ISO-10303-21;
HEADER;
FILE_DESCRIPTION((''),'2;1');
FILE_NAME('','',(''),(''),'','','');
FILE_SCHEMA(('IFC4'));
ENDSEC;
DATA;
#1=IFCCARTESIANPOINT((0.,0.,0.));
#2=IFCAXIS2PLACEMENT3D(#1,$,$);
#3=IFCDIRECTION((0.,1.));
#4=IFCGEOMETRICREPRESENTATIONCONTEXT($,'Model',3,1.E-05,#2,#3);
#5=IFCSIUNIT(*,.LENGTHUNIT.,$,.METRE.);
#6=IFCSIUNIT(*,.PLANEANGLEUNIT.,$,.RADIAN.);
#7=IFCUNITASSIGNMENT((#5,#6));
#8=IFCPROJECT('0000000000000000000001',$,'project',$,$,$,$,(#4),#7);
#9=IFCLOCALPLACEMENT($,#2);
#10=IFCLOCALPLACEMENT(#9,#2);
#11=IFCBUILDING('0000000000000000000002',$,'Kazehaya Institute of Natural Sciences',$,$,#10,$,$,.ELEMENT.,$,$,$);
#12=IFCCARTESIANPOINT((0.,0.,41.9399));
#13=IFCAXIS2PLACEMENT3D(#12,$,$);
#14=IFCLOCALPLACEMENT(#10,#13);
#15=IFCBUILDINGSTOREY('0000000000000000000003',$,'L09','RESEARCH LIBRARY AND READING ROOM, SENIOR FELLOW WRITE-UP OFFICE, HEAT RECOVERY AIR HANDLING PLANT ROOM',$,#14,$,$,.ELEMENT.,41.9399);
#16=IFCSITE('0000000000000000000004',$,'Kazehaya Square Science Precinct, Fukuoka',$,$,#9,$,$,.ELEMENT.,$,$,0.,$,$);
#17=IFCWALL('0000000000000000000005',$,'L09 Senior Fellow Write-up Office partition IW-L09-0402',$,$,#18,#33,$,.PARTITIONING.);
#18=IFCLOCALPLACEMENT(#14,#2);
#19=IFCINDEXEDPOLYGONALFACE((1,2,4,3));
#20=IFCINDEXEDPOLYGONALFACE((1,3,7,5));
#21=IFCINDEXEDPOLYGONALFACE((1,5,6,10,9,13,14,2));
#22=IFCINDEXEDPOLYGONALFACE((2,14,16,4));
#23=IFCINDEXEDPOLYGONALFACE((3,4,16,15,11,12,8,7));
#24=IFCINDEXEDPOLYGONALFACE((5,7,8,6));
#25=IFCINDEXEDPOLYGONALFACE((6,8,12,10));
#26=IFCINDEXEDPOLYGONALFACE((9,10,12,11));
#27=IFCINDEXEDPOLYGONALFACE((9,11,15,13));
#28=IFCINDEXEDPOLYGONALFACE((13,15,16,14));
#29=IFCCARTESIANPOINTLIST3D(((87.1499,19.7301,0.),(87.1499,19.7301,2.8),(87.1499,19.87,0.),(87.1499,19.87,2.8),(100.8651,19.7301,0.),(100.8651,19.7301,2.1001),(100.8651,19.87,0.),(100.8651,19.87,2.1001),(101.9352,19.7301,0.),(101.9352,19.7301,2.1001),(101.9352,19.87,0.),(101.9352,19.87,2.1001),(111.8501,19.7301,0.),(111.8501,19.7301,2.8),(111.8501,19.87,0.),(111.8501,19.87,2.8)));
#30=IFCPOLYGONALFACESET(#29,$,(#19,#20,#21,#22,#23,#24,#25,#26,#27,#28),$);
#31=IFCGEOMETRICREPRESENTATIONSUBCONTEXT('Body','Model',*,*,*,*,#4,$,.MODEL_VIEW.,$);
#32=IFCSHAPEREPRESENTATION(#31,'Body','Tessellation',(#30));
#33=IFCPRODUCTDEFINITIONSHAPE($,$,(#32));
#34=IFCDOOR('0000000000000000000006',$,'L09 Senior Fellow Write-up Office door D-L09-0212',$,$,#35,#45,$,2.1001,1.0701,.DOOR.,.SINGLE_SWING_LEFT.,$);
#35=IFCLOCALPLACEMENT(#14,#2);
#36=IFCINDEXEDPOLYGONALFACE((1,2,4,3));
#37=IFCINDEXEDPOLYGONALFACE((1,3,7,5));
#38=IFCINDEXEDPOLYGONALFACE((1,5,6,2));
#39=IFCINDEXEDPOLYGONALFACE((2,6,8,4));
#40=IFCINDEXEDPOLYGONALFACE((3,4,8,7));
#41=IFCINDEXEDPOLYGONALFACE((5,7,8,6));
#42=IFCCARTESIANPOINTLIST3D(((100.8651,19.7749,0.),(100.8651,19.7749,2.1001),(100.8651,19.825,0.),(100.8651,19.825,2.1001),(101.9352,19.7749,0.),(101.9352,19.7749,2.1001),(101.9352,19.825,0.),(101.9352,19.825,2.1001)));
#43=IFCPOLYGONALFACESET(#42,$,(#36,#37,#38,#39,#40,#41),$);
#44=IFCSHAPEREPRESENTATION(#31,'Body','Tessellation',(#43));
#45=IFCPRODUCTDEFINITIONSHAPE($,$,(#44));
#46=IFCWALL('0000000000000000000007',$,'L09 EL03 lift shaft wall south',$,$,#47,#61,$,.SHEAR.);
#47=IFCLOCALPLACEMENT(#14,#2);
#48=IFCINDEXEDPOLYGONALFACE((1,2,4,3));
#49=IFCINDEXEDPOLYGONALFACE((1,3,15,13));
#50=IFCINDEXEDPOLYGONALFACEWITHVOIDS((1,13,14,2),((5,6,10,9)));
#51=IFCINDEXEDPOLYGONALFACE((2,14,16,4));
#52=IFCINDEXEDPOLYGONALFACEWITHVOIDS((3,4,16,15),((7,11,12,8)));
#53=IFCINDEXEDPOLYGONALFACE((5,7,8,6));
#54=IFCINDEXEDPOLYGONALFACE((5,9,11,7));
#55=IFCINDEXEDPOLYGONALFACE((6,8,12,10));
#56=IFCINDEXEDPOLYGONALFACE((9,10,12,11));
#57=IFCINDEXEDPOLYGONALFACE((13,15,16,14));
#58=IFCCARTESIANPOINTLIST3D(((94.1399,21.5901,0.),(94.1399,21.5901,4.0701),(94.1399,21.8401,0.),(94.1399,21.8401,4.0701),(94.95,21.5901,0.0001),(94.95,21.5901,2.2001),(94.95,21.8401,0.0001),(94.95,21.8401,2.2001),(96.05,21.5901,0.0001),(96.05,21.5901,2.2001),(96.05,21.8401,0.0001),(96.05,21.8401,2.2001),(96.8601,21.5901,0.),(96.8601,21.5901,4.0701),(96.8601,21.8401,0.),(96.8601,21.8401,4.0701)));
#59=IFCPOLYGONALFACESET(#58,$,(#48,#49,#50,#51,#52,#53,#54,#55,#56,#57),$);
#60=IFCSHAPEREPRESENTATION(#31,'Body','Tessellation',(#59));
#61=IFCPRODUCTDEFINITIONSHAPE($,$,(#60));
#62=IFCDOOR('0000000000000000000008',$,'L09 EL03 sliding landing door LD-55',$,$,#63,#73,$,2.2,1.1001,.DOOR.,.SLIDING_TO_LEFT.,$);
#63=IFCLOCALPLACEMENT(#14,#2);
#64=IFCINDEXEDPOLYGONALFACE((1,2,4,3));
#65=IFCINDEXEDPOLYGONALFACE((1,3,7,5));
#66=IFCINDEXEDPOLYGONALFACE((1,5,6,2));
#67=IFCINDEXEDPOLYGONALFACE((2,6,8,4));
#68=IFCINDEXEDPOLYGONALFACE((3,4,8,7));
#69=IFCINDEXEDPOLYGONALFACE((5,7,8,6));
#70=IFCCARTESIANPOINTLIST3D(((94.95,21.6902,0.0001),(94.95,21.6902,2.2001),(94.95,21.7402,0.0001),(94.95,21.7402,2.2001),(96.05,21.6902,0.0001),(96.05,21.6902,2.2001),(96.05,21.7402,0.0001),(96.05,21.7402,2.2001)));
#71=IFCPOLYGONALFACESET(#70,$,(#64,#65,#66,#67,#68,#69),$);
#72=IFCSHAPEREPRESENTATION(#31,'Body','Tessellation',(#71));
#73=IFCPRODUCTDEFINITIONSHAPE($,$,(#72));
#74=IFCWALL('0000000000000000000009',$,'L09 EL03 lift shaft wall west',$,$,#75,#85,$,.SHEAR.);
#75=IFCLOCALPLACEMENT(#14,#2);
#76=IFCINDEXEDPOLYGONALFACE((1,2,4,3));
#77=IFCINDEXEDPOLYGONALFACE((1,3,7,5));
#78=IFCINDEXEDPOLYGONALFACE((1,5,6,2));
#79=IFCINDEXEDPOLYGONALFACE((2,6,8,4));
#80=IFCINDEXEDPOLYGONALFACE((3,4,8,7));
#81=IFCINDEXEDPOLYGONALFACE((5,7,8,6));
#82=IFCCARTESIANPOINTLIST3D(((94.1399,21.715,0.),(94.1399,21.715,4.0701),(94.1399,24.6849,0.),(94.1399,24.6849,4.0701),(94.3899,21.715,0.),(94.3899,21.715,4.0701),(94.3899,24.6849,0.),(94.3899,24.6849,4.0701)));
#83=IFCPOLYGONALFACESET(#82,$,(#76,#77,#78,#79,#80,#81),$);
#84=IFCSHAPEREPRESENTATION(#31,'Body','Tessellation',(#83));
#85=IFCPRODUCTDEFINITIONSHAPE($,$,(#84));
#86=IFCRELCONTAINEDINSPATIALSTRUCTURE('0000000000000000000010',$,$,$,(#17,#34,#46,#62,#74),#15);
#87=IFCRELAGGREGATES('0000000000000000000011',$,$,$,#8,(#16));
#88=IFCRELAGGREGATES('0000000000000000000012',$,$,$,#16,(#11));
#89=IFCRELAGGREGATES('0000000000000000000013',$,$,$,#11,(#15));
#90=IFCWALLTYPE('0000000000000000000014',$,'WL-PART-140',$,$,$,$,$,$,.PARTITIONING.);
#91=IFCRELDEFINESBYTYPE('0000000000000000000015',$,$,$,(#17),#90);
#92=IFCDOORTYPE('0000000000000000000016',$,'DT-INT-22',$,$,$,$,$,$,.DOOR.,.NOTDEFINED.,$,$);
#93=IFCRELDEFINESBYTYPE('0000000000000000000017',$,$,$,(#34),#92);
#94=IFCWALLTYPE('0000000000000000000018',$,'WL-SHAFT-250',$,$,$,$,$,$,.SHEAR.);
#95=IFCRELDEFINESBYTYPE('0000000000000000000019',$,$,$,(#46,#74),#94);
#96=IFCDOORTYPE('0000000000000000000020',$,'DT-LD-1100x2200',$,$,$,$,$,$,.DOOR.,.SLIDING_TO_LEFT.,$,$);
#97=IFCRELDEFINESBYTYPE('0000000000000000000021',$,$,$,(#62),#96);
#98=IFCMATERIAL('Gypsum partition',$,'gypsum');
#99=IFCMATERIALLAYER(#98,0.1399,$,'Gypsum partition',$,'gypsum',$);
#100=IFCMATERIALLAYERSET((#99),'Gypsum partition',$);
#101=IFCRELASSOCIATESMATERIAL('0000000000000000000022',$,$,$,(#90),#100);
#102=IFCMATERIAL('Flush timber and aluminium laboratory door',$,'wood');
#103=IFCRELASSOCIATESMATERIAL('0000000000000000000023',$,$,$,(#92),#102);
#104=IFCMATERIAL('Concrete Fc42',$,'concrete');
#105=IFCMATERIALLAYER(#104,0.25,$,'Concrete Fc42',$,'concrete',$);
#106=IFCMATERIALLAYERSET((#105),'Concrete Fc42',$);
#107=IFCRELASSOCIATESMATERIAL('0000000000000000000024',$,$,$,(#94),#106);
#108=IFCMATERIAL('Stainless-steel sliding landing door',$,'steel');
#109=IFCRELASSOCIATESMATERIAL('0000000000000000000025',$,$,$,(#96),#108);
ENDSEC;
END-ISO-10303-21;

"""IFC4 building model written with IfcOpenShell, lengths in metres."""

from ifc_helpers import new_model, si_unit, direction, frame, frame_2d, origin, place, context, subcontext, project, spatial, rectangle, extrude, material, layer, layer_set, type_object, element, fill, save


model = new_model("IFC4")

# Units and contexts
model_context = context("Model", 3, precision=1e-05, world=origin(), true_north=direction((0.0, 1.0)))
body_context = subcontext(model_context, "Body", "Model", "MODEL_VIEW")
ifc_project = project(units=[si_unit("LENGTHUNIT", "METRE"), si_unit("PLANEANGLEUNIT", "RADIAN")], contexts=[model_context])

# Site, building, storey
site_placement = place(None, origin())
site = spatial("IfcSite", under=ifc_project, at=site_placement, Name="Kazehaya Square Science Precinct, Fukuoka", CompositionType="ELEMENT", RefElevation=0.0)
building_placement = place(site_placement, origin())
building = spatial("IfcBuilding", under=site, at=building_placement, Name="Kazehaya Institute of Natural Sciences", CompositionType="ELEMENT")
storey_placement = place(building_placement, frame((0.0, 0.0, 41.9399)))
storey = spatial("IfcBuildingStorey", under=building, at=storey_placement, Name="L09", Description="RESEARCH LIBRARY AND READING ROOM, SENIOR FELLOW WRITE-UP OFFICE, HEAT RECOVERY AIR HANDLING PLANT ROOM", CompositionType="ELEMENT", Elevation=41.9399)

# Shared definitions
ifc_material_1 = material(Name="Flush timber and aluminium laboratory door", Category="wood")

# Walls, openings, doors
ifc_material_2 = material(Name="Gypsum partition", Category="gypsum")
ifc_layer_1 = layer(ifc_material_2, 0.1399, Name="Gypsum partition", Category="gypsum")
ifc_layer_set_1 = layer_set([ifc_layer_1], Name="Gypsum partition")
wall_type_1 = type_object("IfcWallType", Name="WL-PART-140", PredefinedType="PARTITIONING", material=ifc_layer_set_1)
wall_1_placement = place(storey_placement, frame((87.1499, 19.8, 0.0), z_axis=(0.0, 0.0, 1.0), x_axis=(1.0, 0.0, 0.0)))
wall_1 = element("IfcWall", 1, at=wall_1_placement, inside=storey, type_object=wall_type_1, Name="L09 Senior Fellow Write-up Office partition IW-L09-0402", PredefinedType="PARTITIONING", context=body_context, shape_type="SweptSolid", body=[
    extrude(rectangle(XDim=24.7002, YDim=0.1399, at=frame_2d((12.3501, 0.0))), origin(), (0.0, 0.0, 1.0), 2.8),
])
opening_1_placement = place(wall_1_placement, frame((13.7151, 0.0, 0.0)))
opening_1 = element("IfcOpeningElement", 2, at=opening_1_placement, cuts=wall_1, PredefinedType="OPENING", context=body_context, shape_type="SweptSolid", body=[
    extrude(rectangle(XDim=1.0701, YDim=2.1001, at=frame_2d((0.5352, 1.05))), frame((0.0, 0.0798, 0.0), z_axis=(0.0, -1.0, 0.0), x_axis=(1.0, 0.0, 0.0)), (0.0, 0.0, 1.0), 0.1599),
])
door_type_1 = type_object("IfcDoorType", Name="DT-INT-22", OperationType="NOTDEFINED", PredefinedType="DOOR", material=ifc_material_1)
door_1_placement = place(opening_1_placement, origin())
door_1 = element("IfcDoor", 3, at=door_1_placement, inside=storey, type_object=door_type_1, Name="L09 Senior Fellow Write-up Office door D-L09-0212", OperationType="SINGLE_SWING_LEFT", OverallHeight=2.1001, OverallWidth=1.0701, PredefinedType="DOOR", context=body_context, shape_type="SweptSolid", body=[
    extrude(rectangle(XDim=1.0701, YDim=2.1001, at=frame_2d((0.5352, 1.05))), frame((0.0, 0.0249, 0.0), z_axis=(0.0, -1.0, 0.0), x_axis=(1.0, 0.0, 0.0)), (0.0, 0.0, 1.0), 0.05),
])
fill(opening_1, door_1)
ifc_material_3 = material(Name="Concrete Fc42", Category="concrete")
ifc_layer_2 = layer(ifc_material_3, 0.25, Name="Concrete Fc42", Category="concrete")
ifc_layer_set_2 = layer_set([ifc_layer_2], Name="Concrete Fc42")
wall_type_2 = type_object("IfcWallType", Name="WL-SHAFT-250", PredefinedType="SHEAR", material=ifc_layer_set_2)
wall_2_placement = place(storey_placement, frame((96.8601, 21.7151, 0.0), z_axis=(0.0, 0.0, 1.0), x_axis=(-1.0, 0.0, 0.0)))
wall_2 = element("IfcWall", 4, at=wall_2_placement, inside=storey, type_object=wall_type_2, Name="L09 EL03 lift shaft wall south", PredefinedType="SHEAR", context=body_context, shape_type="SweptSolid", body=[
    extrude(rectangle(XDim=2.7202, YDim=0.25, at=frame_2d((1.3601, 0.0))), origin(), (0.0, 0.0, 1.0), 4.0701),
])
opening_2_placement = place(wall_2_placement, frame((0.8101, 0.0, 0.0)))
opening_2 = element("IfcOpeningElement", 5, at=opening_2_placement, cuts=wall_2, PredefinedType="OPENING", context=body_context, shape_type="SweptSolid", body=[
    extrude(rectangle(XDim=1.1001, YDim=2.2, at=frame_2d((0.55, 1.1001))), frame((0.0, 0.135, 0.0), z_axis=(0.0, -1.0, 0.0), x_axis=(1.0, 0.0, 0.0)), (0.0, 0.0, 1.0), 0.27),
])
ifc_material_4 = material(Name="Stainless-steel sliding landing door", Category="steel")
door_type_2 = type_object("IfcDoorType", Name="DT-LD-1100x2200", OperationType="SLIDING_TO_LEFT", PredefinedType="DOOR", material=ifc_material_4)
door_2_placement = place(opening_2_placement, origin())
door_2 = element("IfcDoor", 6, at=door_2_placement, inside=storey, type_object=door_type_2, Name="L09 EL03 sliding landing door LD-55", OperationType="SLIDING_TO_LEFT", OverallHeight=2.2, OverallWidth=1.1001, PredefinedType="DOOR", context=body_context, shape_type="SweptSolid", body=[
    extrude(rectangle(XDim=1.1001, YDim=2.2, at=frame_2d((0.55, 1.1001))), frame((0.0, 0.0249, 0.0), z_axis=(0.0, -1.0, 0.0), x_axis=(1.0, 0.0, 0.0)), (0.0, 0.0, 1.0), 0.05),
])
fill(opening_2, door_2)

# Wall
wall_3_placement = place(storey_placement, frame((94.2649, 21.7151, 0.0), z_axis=(0.0, 0.0, 1.0), x_axis=(0.0, 1.0, 0.0)))
element("IfcWall", 7, at=wall_3_placement, inside=storey, type_object=wall_type_2, Name="L09 EL03 lift shaft wall west", PredefinedType="SHEAR", context=body_context, shape_type="SweptSolid", body=[
    extrude(rectangle(XDim=2.97, YDim=0.25, at=frame_2d((1.4849, 0.0))), origin(), (0.0, 0.0, 1.0), 4.0701),
])

save(model, "model.ifc")
